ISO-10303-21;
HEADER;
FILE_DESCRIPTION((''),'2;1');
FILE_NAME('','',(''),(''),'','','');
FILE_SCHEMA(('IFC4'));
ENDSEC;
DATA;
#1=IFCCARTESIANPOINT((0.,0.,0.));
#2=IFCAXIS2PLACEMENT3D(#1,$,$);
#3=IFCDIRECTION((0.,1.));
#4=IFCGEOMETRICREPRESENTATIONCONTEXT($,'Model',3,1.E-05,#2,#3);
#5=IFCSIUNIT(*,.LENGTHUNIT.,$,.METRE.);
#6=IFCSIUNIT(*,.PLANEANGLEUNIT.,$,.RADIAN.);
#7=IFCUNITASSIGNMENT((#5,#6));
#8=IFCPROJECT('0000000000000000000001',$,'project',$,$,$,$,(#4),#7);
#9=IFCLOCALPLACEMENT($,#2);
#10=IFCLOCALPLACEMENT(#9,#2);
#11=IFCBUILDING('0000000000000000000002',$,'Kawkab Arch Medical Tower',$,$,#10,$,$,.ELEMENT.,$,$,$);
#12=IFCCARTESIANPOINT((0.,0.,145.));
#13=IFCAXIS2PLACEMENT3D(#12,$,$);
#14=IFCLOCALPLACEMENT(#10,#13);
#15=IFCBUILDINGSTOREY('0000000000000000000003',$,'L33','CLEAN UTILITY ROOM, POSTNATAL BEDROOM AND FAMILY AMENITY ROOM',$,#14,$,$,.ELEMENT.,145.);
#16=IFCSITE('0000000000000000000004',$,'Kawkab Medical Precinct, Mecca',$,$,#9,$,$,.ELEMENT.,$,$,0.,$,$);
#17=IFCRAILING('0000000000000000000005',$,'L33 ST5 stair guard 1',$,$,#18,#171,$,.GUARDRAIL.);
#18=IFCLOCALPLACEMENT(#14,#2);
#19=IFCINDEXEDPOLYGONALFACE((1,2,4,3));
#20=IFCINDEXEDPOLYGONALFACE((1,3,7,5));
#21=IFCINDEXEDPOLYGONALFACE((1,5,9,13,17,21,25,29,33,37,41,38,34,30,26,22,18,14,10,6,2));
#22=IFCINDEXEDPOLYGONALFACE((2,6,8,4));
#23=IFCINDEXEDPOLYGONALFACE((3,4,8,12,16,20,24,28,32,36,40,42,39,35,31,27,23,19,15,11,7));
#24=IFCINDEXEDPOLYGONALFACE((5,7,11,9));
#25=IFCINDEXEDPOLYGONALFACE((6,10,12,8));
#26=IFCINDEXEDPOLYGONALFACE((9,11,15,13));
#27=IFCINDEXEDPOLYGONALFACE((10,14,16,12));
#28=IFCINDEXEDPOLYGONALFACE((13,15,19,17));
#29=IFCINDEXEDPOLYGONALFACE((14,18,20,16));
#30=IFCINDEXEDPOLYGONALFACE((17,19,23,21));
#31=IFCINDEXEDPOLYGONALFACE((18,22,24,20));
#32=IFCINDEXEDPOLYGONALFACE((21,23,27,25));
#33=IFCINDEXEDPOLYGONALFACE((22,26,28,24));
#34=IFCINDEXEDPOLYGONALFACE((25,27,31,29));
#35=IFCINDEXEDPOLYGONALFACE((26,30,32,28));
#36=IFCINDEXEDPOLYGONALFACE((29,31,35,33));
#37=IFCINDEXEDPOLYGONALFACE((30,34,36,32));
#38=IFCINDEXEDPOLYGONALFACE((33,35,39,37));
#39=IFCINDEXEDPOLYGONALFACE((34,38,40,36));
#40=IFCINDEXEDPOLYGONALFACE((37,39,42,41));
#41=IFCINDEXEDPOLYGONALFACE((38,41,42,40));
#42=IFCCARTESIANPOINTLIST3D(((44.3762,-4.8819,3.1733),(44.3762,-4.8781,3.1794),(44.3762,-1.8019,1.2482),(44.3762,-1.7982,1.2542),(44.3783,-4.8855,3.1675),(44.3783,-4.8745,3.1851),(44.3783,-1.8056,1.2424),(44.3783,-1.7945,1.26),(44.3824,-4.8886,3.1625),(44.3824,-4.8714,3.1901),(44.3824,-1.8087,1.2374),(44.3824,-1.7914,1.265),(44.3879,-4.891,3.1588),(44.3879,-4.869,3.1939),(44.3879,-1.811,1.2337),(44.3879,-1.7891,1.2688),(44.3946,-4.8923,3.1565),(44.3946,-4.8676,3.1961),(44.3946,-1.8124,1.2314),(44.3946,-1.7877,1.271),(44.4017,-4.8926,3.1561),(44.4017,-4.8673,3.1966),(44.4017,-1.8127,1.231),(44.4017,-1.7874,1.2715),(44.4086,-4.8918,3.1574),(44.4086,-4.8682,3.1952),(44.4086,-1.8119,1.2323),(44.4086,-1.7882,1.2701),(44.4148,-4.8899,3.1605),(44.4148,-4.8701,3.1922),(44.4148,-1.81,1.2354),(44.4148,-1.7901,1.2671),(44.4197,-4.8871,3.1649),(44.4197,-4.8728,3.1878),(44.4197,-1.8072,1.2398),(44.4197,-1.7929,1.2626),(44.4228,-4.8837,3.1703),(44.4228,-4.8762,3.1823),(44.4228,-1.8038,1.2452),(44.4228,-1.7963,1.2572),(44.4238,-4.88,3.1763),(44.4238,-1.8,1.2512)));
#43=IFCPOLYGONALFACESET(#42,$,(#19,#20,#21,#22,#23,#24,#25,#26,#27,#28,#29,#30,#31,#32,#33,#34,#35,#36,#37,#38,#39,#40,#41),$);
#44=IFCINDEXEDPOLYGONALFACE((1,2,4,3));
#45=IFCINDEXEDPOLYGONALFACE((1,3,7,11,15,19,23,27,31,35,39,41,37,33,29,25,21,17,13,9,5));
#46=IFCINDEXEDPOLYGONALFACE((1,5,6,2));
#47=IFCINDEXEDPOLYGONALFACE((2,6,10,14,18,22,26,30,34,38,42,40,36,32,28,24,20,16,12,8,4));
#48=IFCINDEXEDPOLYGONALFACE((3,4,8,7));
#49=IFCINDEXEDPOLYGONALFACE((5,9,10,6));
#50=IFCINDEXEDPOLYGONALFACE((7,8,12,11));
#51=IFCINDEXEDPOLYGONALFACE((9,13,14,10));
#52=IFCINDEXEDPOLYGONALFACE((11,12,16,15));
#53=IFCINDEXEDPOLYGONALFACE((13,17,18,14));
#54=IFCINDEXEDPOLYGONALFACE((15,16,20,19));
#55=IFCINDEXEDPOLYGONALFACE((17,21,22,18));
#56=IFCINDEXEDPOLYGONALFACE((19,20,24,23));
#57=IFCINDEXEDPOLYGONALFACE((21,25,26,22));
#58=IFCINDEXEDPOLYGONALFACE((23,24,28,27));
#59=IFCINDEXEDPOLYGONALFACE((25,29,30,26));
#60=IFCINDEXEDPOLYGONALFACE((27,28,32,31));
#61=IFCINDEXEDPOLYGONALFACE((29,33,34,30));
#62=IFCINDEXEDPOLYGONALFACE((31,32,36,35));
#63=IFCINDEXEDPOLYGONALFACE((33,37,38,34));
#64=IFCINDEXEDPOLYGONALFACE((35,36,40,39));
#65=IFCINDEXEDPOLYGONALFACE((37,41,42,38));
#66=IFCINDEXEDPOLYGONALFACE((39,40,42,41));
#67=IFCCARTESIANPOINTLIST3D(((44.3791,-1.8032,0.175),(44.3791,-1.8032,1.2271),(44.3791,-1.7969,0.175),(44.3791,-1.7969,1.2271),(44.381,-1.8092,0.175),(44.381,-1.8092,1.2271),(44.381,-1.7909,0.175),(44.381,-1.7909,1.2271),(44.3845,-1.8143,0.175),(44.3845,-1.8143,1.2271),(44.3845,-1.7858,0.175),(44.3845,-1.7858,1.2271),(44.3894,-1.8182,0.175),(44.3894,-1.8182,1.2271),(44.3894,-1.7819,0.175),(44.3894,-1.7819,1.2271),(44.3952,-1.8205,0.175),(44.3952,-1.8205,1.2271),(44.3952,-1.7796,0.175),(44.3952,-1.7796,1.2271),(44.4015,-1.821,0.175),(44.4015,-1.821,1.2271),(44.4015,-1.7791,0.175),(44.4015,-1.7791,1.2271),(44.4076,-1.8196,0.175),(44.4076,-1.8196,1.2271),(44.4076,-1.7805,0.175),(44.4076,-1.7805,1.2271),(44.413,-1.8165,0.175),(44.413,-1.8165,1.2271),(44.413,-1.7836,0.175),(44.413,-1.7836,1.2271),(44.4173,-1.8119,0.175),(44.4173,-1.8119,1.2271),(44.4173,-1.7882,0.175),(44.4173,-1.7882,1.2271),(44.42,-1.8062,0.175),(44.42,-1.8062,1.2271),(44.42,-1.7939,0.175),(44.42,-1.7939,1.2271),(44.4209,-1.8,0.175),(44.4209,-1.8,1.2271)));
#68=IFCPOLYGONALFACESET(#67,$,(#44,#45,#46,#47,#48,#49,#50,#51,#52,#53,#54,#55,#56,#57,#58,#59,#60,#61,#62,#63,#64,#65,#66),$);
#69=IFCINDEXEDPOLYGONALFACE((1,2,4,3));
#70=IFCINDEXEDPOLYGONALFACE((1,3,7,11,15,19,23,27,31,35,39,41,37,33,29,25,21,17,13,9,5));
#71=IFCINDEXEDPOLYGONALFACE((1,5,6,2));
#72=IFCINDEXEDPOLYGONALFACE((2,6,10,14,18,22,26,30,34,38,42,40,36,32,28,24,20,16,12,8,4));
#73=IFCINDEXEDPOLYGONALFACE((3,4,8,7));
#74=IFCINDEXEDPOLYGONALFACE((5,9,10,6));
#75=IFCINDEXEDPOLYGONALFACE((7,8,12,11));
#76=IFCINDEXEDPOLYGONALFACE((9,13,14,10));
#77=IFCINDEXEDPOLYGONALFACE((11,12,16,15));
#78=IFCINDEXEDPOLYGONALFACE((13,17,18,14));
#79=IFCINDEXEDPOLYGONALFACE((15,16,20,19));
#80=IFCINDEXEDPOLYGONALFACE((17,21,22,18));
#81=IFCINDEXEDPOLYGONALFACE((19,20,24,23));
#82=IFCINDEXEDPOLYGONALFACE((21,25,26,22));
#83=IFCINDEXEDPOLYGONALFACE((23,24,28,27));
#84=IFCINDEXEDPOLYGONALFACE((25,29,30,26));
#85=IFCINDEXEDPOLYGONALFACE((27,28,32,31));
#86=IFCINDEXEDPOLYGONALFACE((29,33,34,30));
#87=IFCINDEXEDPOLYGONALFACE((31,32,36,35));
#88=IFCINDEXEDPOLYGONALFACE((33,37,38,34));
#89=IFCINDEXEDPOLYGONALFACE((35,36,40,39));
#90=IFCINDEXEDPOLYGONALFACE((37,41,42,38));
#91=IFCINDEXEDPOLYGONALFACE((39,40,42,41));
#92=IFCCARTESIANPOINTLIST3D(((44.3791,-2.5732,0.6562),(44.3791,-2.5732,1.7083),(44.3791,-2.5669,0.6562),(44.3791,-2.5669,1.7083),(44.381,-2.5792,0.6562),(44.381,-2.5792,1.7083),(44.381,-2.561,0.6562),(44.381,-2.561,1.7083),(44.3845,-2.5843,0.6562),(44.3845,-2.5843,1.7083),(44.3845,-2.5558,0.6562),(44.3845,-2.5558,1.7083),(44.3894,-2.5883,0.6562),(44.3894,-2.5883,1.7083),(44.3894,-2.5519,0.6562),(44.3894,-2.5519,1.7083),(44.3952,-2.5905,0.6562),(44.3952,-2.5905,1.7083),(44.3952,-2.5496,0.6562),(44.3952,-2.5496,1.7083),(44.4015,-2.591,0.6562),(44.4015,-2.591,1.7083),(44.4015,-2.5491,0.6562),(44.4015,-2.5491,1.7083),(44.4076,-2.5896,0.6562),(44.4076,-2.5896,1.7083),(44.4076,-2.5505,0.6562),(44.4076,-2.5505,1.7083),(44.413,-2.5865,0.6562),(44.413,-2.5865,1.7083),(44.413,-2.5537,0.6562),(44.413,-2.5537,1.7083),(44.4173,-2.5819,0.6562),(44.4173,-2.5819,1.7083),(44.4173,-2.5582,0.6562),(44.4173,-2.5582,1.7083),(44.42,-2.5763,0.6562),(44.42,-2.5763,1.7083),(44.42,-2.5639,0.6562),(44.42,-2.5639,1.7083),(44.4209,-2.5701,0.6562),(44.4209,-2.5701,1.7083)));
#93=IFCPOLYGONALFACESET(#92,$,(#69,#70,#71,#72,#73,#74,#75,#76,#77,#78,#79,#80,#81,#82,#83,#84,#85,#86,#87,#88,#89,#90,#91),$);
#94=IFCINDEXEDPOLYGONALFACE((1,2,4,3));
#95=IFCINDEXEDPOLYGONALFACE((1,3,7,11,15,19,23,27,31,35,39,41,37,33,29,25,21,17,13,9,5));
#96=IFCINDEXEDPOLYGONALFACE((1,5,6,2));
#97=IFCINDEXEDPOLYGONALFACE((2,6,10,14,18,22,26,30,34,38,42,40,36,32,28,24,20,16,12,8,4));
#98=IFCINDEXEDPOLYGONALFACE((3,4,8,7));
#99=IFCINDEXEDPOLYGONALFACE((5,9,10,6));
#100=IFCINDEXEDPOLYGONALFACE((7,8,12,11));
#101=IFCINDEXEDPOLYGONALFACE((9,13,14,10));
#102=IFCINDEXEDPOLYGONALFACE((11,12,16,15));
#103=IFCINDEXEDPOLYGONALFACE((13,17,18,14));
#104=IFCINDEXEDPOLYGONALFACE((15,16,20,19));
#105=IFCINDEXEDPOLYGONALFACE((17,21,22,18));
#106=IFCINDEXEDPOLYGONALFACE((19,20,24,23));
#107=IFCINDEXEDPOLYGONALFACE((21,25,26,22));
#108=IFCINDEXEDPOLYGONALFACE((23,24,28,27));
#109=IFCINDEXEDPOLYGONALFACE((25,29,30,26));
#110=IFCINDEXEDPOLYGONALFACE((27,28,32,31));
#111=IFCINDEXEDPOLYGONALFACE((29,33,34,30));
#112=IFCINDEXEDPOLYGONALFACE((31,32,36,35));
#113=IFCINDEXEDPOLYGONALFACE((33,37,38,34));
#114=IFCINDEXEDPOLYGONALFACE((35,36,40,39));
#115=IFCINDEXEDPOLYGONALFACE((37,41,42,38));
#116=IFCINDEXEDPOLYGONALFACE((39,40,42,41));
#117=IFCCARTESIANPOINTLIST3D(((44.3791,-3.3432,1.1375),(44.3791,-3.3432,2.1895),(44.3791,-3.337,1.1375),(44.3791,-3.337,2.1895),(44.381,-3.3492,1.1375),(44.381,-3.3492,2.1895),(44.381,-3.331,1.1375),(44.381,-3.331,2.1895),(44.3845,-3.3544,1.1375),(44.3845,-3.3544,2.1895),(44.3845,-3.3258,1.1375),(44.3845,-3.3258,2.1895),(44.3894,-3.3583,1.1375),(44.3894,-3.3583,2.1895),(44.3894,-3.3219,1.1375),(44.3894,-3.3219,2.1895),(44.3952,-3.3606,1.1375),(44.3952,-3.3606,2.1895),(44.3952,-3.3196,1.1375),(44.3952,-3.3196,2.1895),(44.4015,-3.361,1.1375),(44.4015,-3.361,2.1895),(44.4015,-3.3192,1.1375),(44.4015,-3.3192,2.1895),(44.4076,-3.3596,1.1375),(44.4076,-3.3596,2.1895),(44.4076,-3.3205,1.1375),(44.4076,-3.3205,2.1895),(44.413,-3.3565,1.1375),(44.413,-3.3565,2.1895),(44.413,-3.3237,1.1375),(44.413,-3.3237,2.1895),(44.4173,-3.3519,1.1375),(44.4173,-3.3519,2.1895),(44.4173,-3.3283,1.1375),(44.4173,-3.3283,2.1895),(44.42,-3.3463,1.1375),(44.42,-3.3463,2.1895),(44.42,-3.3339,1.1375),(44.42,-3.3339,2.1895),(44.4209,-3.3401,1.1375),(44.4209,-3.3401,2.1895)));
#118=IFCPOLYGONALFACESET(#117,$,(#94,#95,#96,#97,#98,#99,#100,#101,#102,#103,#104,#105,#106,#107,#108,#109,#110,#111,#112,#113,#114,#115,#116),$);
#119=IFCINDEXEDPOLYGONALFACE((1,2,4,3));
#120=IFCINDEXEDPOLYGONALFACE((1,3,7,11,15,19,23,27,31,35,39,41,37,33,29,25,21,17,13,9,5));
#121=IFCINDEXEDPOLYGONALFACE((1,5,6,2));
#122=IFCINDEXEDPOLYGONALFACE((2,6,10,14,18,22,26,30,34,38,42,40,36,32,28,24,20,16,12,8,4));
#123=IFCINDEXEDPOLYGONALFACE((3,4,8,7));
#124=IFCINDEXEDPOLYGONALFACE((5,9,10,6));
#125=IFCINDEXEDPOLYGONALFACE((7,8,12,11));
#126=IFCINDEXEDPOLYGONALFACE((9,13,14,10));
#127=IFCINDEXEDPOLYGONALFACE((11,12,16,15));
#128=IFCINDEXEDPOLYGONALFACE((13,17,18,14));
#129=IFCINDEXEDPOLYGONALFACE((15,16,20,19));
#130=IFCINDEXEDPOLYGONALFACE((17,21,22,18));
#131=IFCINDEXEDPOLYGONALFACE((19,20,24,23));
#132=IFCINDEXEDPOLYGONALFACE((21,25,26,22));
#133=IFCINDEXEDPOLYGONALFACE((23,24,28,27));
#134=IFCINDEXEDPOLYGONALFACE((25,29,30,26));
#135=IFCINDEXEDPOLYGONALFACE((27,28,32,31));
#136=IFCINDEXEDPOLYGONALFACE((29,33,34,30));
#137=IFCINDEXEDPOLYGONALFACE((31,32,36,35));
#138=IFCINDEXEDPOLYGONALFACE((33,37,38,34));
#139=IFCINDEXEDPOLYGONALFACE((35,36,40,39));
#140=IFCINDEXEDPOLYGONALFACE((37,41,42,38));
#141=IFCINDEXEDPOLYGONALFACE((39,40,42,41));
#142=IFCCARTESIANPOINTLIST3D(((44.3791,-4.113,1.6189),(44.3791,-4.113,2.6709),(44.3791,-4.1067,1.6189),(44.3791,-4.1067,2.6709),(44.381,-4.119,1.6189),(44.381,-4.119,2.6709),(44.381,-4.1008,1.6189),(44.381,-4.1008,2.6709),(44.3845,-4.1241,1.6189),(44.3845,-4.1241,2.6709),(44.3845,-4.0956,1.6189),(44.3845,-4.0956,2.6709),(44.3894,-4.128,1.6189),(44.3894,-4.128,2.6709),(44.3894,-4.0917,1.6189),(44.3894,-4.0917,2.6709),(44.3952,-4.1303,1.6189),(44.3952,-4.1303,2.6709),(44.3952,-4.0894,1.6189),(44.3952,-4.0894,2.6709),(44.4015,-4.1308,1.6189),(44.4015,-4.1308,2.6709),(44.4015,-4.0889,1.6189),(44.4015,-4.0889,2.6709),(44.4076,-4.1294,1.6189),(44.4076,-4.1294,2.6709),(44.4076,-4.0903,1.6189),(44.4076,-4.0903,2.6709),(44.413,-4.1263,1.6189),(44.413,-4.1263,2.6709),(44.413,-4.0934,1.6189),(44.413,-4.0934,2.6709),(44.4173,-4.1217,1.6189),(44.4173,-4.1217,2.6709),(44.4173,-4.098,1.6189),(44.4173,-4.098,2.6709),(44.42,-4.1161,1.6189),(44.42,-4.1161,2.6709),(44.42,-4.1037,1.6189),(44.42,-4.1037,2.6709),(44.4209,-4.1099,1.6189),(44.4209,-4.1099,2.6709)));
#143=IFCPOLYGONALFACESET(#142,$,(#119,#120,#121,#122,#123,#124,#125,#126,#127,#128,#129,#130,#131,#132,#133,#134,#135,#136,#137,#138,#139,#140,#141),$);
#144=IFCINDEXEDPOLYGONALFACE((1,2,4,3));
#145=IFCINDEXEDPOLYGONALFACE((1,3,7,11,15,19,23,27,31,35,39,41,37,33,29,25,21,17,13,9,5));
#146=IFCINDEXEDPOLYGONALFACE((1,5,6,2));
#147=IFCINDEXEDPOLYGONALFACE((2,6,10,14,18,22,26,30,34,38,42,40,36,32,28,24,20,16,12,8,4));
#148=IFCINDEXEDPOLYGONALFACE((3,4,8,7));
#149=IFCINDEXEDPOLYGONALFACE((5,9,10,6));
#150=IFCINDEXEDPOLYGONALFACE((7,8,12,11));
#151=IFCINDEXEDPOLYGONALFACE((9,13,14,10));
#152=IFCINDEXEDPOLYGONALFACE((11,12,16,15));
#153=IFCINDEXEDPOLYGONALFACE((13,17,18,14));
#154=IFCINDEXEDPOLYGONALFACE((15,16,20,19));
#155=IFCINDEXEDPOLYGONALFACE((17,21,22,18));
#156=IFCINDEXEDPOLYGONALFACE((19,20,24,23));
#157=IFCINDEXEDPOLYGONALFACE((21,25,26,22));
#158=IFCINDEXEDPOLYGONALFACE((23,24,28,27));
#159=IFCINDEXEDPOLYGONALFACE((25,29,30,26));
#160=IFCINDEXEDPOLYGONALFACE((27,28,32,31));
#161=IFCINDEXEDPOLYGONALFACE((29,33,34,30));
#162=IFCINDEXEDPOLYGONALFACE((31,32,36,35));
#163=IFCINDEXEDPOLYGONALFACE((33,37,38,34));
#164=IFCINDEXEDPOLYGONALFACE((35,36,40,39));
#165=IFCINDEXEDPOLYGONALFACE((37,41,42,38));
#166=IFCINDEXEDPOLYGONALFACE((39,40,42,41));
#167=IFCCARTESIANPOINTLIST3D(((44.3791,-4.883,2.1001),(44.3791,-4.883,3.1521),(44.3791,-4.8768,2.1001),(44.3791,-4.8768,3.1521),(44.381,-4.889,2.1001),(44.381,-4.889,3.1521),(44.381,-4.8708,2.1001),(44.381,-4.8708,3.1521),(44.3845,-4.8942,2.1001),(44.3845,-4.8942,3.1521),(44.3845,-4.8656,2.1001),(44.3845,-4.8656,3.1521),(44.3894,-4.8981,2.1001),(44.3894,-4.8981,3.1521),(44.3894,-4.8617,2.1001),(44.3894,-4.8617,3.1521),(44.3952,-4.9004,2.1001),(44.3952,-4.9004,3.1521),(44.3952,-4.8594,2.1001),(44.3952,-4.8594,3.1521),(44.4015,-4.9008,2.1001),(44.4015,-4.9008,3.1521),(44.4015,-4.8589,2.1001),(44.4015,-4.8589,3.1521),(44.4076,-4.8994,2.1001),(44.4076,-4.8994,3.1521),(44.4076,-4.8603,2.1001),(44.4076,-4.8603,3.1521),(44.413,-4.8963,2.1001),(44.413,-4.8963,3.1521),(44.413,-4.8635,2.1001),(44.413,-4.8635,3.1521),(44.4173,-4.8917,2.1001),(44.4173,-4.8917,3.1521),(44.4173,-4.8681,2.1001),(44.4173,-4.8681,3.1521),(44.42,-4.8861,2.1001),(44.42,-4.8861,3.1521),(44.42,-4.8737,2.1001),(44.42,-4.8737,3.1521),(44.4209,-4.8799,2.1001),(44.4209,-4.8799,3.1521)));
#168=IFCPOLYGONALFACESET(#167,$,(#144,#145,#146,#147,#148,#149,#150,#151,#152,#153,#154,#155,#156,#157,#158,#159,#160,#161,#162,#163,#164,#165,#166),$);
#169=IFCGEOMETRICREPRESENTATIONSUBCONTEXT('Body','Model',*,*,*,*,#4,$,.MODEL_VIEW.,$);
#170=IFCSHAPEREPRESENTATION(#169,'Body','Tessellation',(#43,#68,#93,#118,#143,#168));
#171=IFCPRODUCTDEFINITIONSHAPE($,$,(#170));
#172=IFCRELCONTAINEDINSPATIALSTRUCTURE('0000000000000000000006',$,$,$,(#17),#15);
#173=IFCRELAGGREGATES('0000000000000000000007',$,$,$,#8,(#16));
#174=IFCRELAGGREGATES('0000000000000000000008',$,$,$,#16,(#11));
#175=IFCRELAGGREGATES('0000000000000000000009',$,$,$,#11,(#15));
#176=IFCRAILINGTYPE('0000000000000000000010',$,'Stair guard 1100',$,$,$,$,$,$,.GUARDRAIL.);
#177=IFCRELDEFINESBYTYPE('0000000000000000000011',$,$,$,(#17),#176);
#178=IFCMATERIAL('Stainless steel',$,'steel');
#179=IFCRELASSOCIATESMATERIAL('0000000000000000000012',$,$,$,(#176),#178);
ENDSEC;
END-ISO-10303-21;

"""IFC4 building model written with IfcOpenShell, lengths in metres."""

from ifc_helpers import new_model, si_unit, direction, frame, origin, origin_2d, place, context, subcontext, project, spatial, circle, extrude, material, type_object, element, save


model = new_model("IFC4")

# Units and contexts
model_context = context("Model", 3, precision=1e-05, world=origin(), true_north=direction((0.0, 1.0)))
body_context = subcontext(model_context, "Body", "Model", "MODEL_VIEW")
ifc_project = project(units=[si_unit("LENGTHUNIT", "METRE"), si_unit("PLANEANGLEUNIT", "RADIAN")], contexts=[model_context])

# Site, building, storey
site_placement = place(None, origin())
site = spatial("IfcSite", under=ifc_project, at=site_placement, Name="Kawkab Medical Precinct, Mecca", CompositionType="ELEMENT", RefElevation=0.0)
building_placement = place(site_placement, origin())
building = spatial("IfcBuilding", under=site, at=building_placement, Name="Kawkab Arch Medical Tower", CompositionType="ELEMENT")
storey_placement = place(building_placement, frame((0.0, 0.0, 145.0)))
storey = spatial("IfcBuildingStorey", under=building, at=storey_placement, Name="L33", Description="CLEAN UTILITY ROOM, POSTNATAL BEDROOM AND FAMILY AMENITY ROOM", CompositionType="ELEMENT", Elevation=145.0)

# Railing
ifc_material_1 = material(Name="Stainless steel", Category="steel")
railing_type = type_object("IfcRailingType", Name="Stair guard 1100", PredefinedType="GUARDRAIL", material=ifc_material_1)
railing_1_placement = place(storey_placement, frame((44.3999, -1.8, 0.175)))
element("IfcRailing", 1, at=railing_1_placement, inside=storey, type_object=railing_type, Name="L33 ST5 stair guard 1", PredefinedType="GUARDRAIL", context=body_context, shape_type="SweptSolid", body=[
    extrude(circle(Radius=0.0239, at=origin_2d()), frame((0.0, 0.0, 1.0762), z_axis=(0.0, -0.847979, 0.530029), x_axis=(1.0, 0.0, 0.0)), (0.0, 0.0, 1.0), 3.6321),
    extrude(circle(Radius=0.021, at=origin_2d()), origin(), (0.0, 0.0, 1.0), 1.052),
    extrude(circle(Radius=0.021, at=origin_2d()), frame((0.0, -0.77, 0.4812)), (0.0, 0.0, 1.0), 1.052),
    extrude(circle(Radius=0.021, at=origin_2d()), frame((0.0, -1.54, 0.9624)), (0.0, 0.0, 1.0), 1.052),
    extrude(circle(Radius=0.021, at=origin_2d()), frame((0.0, -2.3098, 1.4438)), (0.0, 0.0, 1.0), 1.052),
    extrude(circle(Radius=0.021, at=origin_2d()), frame((0.0, -3.0798, 1.925)), (0.0, 0.0, 1.0), 1.052),
])

save(model, "model.ifc")
